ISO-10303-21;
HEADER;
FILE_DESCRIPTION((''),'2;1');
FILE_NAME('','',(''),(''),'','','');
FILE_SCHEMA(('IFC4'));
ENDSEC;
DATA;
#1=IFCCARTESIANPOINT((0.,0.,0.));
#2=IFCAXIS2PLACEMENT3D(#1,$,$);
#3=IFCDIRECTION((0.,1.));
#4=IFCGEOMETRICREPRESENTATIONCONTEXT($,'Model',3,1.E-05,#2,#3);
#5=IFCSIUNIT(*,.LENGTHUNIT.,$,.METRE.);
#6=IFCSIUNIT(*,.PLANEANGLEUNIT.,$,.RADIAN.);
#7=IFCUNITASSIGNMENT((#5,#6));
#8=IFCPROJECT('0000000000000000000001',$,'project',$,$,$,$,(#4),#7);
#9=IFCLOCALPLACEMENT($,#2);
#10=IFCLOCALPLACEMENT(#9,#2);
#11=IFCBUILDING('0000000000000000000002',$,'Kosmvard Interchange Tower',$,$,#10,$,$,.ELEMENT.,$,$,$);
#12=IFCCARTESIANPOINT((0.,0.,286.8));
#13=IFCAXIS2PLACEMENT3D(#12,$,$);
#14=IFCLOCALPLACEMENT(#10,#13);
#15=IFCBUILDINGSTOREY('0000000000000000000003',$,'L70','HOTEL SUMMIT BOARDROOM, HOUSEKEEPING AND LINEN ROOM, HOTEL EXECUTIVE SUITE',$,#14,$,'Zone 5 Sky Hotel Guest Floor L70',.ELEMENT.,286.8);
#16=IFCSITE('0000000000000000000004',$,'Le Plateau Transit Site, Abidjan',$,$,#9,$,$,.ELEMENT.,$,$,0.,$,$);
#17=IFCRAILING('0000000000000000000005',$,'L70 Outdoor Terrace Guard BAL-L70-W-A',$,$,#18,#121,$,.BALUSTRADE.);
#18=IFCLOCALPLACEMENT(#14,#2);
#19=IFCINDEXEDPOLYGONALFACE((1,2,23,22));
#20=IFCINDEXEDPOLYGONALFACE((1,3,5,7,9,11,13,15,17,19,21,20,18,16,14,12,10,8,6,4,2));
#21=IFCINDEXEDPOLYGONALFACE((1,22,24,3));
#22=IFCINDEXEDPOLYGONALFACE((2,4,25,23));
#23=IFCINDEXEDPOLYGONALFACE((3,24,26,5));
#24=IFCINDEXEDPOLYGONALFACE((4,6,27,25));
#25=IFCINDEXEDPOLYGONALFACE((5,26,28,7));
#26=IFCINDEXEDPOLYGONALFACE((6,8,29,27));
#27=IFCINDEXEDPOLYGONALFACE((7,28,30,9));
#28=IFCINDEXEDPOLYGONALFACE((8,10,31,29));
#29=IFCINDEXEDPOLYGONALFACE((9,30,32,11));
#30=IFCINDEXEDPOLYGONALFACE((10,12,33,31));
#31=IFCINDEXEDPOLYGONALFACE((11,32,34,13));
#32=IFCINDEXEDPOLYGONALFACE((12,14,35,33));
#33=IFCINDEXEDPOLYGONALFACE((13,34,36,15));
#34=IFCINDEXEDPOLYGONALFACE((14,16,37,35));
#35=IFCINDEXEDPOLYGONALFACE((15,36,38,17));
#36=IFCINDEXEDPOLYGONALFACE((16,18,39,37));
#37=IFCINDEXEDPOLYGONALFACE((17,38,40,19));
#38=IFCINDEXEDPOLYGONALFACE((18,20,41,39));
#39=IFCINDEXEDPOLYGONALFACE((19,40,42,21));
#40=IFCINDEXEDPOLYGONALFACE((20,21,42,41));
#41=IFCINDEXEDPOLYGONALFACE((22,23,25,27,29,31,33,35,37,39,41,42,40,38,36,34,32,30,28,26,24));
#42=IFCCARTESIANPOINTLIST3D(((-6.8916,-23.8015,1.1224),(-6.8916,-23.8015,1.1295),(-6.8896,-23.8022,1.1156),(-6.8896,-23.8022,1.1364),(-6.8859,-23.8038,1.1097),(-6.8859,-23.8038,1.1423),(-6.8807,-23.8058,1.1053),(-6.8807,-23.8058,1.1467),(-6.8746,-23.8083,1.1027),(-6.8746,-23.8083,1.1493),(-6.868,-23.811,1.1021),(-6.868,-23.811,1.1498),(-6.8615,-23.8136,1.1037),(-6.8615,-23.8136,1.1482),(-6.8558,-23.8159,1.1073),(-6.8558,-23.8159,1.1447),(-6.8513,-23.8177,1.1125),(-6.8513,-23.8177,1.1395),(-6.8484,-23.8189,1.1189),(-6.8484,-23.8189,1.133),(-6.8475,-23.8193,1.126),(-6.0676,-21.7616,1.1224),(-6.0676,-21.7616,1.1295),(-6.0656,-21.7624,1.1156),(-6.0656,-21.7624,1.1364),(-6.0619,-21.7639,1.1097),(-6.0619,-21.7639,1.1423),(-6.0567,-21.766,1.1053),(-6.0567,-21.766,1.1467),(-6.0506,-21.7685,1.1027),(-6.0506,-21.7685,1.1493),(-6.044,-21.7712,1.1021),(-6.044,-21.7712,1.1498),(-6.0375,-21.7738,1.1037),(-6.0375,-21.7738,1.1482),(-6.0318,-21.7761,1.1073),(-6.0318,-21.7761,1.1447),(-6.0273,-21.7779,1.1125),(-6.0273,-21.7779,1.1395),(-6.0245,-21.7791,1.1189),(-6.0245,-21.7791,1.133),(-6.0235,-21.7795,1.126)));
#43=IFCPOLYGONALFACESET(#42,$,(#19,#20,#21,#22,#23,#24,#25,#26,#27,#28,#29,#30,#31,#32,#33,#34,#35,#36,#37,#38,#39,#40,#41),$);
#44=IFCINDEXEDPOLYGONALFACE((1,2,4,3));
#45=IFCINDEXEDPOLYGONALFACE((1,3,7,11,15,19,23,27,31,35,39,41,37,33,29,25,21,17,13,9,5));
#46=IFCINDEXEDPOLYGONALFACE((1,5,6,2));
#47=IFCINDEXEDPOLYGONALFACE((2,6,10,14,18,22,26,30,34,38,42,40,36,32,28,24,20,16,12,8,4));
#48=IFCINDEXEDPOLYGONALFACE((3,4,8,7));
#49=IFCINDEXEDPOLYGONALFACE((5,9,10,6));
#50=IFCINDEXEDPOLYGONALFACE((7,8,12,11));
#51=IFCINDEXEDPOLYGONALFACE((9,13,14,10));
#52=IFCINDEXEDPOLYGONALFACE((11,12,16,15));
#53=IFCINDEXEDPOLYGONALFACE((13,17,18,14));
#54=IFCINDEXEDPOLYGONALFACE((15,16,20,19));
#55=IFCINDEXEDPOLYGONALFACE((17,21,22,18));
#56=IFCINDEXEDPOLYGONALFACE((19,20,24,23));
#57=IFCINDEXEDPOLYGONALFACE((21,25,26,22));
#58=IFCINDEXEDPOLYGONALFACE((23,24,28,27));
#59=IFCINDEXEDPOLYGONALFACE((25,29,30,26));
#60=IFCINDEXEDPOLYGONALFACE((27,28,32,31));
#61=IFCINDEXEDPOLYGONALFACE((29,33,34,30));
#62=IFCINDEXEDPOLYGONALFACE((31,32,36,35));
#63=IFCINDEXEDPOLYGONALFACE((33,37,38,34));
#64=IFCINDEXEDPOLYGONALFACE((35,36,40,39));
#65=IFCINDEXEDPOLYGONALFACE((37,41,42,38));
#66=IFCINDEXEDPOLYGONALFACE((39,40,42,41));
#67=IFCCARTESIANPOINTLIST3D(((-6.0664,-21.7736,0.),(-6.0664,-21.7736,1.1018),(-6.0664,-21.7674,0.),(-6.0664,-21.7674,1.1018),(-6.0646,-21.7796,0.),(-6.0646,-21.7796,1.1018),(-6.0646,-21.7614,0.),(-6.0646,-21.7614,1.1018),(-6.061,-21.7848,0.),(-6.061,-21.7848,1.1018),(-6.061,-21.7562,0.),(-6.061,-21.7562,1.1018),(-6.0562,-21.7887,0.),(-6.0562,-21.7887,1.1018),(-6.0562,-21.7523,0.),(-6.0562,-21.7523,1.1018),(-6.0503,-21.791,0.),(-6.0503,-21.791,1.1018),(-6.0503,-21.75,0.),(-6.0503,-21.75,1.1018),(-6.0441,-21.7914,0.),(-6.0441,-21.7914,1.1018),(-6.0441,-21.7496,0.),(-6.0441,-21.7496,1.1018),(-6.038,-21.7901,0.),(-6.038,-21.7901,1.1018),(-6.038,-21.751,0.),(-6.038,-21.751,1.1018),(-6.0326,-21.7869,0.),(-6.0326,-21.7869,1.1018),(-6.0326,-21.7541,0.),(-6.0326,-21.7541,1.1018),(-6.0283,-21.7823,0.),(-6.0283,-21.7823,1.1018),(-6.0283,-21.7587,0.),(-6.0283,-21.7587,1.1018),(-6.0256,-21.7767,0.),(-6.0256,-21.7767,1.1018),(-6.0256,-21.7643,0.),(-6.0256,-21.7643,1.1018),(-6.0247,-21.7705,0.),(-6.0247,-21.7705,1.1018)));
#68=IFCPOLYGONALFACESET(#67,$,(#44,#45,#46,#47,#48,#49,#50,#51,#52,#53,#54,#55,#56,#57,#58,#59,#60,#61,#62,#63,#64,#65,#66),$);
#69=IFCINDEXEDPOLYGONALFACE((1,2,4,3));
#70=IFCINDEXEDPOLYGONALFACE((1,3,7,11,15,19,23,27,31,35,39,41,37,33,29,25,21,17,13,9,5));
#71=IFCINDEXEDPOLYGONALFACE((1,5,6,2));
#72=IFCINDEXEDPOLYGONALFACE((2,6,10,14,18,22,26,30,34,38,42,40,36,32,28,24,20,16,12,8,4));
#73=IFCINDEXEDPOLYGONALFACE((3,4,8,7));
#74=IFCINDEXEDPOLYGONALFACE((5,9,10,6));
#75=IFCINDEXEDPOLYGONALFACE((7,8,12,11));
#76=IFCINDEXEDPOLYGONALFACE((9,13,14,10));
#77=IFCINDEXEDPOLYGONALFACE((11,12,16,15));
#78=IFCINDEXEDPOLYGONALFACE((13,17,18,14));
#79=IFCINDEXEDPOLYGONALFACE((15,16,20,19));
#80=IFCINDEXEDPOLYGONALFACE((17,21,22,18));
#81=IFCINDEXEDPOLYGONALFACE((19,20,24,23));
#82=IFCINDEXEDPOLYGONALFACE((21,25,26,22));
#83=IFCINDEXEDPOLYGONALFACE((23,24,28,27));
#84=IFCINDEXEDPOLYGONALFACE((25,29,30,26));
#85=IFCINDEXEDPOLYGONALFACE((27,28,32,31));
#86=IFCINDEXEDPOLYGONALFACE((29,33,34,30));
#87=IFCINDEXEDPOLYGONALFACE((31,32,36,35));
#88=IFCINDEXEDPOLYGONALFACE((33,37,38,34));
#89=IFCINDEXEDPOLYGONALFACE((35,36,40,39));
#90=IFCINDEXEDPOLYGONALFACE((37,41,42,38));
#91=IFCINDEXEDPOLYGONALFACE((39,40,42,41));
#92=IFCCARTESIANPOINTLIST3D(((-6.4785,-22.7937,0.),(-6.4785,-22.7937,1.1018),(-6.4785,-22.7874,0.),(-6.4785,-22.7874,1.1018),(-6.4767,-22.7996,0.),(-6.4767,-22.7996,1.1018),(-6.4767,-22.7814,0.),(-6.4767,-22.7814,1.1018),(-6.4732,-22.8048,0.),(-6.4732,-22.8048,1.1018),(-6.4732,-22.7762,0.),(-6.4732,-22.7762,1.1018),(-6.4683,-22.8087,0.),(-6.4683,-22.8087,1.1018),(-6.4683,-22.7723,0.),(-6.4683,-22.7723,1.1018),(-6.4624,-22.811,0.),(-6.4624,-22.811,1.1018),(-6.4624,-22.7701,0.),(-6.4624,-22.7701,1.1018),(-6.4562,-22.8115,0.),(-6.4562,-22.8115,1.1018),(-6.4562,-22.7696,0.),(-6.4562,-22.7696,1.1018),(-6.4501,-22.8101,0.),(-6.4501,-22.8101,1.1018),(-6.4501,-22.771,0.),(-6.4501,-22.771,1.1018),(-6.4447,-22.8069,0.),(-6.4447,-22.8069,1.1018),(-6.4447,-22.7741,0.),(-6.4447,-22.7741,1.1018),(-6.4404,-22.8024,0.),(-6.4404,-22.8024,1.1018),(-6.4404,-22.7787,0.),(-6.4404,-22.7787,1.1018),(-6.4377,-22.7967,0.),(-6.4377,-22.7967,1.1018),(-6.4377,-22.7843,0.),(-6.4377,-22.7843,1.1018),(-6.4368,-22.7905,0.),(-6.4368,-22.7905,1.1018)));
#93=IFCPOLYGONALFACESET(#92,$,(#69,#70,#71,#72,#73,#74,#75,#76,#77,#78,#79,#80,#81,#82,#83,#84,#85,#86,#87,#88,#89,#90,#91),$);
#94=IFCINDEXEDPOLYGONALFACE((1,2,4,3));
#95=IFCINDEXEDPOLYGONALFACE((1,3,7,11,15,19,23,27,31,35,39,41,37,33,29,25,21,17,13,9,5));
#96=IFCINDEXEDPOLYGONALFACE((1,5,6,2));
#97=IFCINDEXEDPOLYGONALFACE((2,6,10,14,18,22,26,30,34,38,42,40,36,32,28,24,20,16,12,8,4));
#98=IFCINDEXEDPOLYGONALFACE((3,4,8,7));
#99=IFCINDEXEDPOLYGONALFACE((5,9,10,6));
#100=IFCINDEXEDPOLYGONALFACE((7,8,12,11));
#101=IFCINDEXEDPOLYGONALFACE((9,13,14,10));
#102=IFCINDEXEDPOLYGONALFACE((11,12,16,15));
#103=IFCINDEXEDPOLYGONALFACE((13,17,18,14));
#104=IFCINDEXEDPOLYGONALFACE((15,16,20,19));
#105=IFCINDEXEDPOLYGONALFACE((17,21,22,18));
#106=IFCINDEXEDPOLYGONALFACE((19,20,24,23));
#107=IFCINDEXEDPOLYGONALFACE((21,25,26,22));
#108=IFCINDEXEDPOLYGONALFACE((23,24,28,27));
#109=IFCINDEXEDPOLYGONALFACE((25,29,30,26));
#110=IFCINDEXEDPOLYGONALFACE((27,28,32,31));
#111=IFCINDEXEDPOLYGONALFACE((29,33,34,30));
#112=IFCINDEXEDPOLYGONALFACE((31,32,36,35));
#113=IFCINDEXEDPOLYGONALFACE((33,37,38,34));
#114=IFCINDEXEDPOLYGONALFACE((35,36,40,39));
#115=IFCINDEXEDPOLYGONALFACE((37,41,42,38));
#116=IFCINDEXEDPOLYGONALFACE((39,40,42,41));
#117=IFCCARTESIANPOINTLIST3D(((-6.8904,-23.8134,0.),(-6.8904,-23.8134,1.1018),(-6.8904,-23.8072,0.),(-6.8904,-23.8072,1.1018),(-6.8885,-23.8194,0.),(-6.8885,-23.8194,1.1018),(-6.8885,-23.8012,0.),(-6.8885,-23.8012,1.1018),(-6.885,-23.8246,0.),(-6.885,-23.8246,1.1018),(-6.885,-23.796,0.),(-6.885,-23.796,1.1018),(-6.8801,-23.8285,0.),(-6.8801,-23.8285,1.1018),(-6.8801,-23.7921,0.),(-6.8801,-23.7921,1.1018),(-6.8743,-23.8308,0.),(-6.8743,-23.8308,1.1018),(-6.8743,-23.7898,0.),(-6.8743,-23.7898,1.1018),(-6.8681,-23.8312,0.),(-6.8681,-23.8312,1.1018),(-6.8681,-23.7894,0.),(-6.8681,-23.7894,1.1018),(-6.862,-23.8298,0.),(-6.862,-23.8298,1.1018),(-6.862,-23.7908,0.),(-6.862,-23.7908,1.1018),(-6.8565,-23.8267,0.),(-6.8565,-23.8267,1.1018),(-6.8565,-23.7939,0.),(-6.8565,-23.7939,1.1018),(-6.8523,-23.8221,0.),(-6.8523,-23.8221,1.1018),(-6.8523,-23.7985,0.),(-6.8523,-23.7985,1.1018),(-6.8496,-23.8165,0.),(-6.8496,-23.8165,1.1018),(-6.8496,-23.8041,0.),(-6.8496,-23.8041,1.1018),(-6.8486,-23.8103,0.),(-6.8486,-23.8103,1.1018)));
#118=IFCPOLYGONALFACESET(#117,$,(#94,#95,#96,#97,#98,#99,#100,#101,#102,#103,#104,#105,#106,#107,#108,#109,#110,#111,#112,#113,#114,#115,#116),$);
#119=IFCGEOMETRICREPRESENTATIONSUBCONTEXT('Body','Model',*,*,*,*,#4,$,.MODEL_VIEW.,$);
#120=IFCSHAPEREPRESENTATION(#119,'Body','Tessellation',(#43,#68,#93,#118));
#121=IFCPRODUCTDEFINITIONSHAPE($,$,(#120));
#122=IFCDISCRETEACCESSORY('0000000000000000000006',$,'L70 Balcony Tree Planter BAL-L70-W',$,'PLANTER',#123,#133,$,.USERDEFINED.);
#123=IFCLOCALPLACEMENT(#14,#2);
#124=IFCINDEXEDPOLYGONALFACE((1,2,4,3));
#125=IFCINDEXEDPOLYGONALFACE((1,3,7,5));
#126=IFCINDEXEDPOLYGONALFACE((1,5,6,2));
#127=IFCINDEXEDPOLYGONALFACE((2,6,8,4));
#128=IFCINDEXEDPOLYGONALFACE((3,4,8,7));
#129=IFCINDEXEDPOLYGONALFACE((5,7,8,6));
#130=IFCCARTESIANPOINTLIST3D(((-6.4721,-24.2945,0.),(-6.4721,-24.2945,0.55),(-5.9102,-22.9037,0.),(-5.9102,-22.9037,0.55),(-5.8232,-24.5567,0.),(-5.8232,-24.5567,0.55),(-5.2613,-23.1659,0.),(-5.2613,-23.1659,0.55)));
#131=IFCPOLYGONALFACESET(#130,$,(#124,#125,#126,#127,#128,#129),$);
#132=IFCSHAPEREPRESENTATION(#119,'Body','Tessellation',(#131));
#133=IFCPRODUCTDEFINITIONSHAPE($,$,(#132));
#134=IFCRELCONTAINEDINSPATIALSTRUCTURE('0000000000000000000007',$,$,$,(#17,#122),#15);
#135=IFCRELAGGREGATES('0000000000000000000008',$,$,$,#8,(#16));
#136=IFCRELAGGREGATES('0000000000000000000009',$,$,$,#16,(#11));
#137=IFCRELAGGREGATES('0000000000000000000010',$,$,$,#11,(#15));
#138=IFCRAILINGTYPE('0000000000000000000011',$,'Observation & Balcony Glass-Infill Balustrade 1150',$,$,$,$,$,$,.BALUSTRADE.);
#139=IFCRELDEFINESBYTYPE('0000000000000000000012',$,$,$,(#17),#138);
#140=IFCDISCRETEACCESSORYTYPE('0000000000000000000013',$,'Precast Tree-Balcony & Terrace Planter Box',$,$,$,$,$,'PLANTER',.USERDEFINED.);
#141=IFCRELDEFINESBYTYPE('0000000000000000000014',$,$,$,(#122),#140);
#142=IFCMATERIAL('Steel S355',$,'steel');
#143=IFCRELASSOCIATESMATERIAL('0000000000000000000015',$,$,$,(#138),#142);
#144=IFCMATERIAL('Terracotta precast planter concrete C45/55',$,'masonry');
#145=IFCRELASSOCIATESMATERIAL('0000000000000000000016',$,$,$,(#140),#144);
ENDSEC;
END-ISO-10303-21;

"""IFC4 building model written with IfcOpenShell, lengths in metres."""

from ifc_helpers import new_model, si_unit, direction, frame, origin, origin_2d, place, context, subcontext, project, spatial, rectangle, circle, extrude, source, transform, mapped, material, type_object, element, save


model = new_model("IFC4")

# Units and contexts
model_context = context("Model", 3, precision=1e-05, world=origin(), true_north=direction((0.0, 1.0)))
body_context = subcontext(model_context, "Body", "Model", "MODEL_VIEW")
ifc_project = project(units=[si_unit("LENGTHUNIT", "METRE"), si_unit("PLANEANGLEUNIT", "RADIAN")], contexts=[model_context])

# Site, building, storey
site_placement = place(None, origin())
site = spatial("IfcSite", under=ifc_project, at=site_placement, Name="Le Plateau Transit Site, Abidjan", CompositionType="ELEMENT", RefElevation=0.0)
building_placement = place(site_placement, origin())
building = spatial("IfcBuilding", under=site, at=building_placement, Name="Kosmvard Interchange Tower", CompositionType="ELEMENT")
storey_placement = place(building_placement, frame((0.0, 0.0, 286.8)))
storey = spatial("IfcBuildingStorey", under=building, at=storey_placement, Name="L70", Description="HOTEL SUMMIT BOARDROOM, HOUSEKEEPING AND LINEN ROOM, HOTEL EXECUTIVE SUITE", LongName="Zone 5 Sky Hotel Guest Floor L70", CompositionType="ELEMENT", Elevation=286.8)

# Shared definitions
ifc_material_1 = material(Name="Steel S355", Category="steel")

# Railing
railing_type = type_object("IfcRailingType", Name="Observation & Balcony Glass-Infill Balustrade 1150", PredefinedType="BALUSTRADE", material=ifc_material_1)
shared_shape_1 = source(origin(), body_context, "Body", "SweptSolid", [
    extrude(circle(Radius=0.0239, at=origin_2d()), frame((0.0, 0.0, 1.126), z_axis=(-0.374546, -0.927208, 0.0), x_axis=(0.927208, -0.374546, 0.0)), (0.0, 0.0, 1.0), 2.2),
    extrude(circle(Radius=0.021, at=origin_2d()), origin(), (0.0, 0.0, 1.0), 1.1018),
    extrude(circle(Radius=0.021, at=origin_2d()), frame((-0.4121, -1.02, 0.0)), (0.0, 0.0, 1.0), 1.1018),
    extrude(circle(Radius=0.021, at=origin_2d()), frame((-0.824, -2.0398, 0.0)), (0.0, 0.0, 1.0), 1.1018),
])
railing_1_placement = place(storey_placement, frame((-6.0457, -21.7705, 0.0)))
element("IfcRailing", 1, at=railing_1_placement, inside=storey, type_object=railing_type, Name="L70 Outdoor Terrace Guard BAL-L70-W-A", PredefinedType="BALUSTRADE", context=body_context, shape_type="MappedRepresentation", body=[
    mapped(shared_shape_1, transform((0.0, 0.0, 0.0), scale=1.0)),
])

# Discrete accessory
ifc_material_2 = material(Name="Terracotta precast planter concrete C45/55", Category="masonry")
discrete_accessory_type = type_object("IfcDiscreteAccessoryType", Name="Precast Tree-Balcony & Terrace Planter Box", ElementType="PLANTER", PredefinedType="USERDEFINED", material=ifc_material_2)
shared_shape_2 = source(origin(), body_context, "Body", "SweptSolid", [
    extrude(rectangle(XDim=1.5, YDim=0.7, at=origin_2d()), origin(), (0.0, 0.0, 1.0), 0.55),
])
discrete_accessory_placement = place(storey_placement, frame((-5.8667, -23.7302, 0.0), z_axis=(0.0, 0.0, 1.0), x_axis=(0.374607, 0.927184, 0.0)))
element("IfcDiscreteAccessory", 2, at=discrete_accessory_placement, inside=storey, type_object=discrete_accessory_type, Name="L70 Balcony Tree Planter BAL-L70-W", ObjectType="PLANTER", PredefinedType="USERDEFINED", context=body_context, shape_type="MappedRepresentation", body=[
    mapped(shared_shape_2, transform((0.0, 0.0, 0.0), scale=1.0)),
])

save(model, "model.ifc")
